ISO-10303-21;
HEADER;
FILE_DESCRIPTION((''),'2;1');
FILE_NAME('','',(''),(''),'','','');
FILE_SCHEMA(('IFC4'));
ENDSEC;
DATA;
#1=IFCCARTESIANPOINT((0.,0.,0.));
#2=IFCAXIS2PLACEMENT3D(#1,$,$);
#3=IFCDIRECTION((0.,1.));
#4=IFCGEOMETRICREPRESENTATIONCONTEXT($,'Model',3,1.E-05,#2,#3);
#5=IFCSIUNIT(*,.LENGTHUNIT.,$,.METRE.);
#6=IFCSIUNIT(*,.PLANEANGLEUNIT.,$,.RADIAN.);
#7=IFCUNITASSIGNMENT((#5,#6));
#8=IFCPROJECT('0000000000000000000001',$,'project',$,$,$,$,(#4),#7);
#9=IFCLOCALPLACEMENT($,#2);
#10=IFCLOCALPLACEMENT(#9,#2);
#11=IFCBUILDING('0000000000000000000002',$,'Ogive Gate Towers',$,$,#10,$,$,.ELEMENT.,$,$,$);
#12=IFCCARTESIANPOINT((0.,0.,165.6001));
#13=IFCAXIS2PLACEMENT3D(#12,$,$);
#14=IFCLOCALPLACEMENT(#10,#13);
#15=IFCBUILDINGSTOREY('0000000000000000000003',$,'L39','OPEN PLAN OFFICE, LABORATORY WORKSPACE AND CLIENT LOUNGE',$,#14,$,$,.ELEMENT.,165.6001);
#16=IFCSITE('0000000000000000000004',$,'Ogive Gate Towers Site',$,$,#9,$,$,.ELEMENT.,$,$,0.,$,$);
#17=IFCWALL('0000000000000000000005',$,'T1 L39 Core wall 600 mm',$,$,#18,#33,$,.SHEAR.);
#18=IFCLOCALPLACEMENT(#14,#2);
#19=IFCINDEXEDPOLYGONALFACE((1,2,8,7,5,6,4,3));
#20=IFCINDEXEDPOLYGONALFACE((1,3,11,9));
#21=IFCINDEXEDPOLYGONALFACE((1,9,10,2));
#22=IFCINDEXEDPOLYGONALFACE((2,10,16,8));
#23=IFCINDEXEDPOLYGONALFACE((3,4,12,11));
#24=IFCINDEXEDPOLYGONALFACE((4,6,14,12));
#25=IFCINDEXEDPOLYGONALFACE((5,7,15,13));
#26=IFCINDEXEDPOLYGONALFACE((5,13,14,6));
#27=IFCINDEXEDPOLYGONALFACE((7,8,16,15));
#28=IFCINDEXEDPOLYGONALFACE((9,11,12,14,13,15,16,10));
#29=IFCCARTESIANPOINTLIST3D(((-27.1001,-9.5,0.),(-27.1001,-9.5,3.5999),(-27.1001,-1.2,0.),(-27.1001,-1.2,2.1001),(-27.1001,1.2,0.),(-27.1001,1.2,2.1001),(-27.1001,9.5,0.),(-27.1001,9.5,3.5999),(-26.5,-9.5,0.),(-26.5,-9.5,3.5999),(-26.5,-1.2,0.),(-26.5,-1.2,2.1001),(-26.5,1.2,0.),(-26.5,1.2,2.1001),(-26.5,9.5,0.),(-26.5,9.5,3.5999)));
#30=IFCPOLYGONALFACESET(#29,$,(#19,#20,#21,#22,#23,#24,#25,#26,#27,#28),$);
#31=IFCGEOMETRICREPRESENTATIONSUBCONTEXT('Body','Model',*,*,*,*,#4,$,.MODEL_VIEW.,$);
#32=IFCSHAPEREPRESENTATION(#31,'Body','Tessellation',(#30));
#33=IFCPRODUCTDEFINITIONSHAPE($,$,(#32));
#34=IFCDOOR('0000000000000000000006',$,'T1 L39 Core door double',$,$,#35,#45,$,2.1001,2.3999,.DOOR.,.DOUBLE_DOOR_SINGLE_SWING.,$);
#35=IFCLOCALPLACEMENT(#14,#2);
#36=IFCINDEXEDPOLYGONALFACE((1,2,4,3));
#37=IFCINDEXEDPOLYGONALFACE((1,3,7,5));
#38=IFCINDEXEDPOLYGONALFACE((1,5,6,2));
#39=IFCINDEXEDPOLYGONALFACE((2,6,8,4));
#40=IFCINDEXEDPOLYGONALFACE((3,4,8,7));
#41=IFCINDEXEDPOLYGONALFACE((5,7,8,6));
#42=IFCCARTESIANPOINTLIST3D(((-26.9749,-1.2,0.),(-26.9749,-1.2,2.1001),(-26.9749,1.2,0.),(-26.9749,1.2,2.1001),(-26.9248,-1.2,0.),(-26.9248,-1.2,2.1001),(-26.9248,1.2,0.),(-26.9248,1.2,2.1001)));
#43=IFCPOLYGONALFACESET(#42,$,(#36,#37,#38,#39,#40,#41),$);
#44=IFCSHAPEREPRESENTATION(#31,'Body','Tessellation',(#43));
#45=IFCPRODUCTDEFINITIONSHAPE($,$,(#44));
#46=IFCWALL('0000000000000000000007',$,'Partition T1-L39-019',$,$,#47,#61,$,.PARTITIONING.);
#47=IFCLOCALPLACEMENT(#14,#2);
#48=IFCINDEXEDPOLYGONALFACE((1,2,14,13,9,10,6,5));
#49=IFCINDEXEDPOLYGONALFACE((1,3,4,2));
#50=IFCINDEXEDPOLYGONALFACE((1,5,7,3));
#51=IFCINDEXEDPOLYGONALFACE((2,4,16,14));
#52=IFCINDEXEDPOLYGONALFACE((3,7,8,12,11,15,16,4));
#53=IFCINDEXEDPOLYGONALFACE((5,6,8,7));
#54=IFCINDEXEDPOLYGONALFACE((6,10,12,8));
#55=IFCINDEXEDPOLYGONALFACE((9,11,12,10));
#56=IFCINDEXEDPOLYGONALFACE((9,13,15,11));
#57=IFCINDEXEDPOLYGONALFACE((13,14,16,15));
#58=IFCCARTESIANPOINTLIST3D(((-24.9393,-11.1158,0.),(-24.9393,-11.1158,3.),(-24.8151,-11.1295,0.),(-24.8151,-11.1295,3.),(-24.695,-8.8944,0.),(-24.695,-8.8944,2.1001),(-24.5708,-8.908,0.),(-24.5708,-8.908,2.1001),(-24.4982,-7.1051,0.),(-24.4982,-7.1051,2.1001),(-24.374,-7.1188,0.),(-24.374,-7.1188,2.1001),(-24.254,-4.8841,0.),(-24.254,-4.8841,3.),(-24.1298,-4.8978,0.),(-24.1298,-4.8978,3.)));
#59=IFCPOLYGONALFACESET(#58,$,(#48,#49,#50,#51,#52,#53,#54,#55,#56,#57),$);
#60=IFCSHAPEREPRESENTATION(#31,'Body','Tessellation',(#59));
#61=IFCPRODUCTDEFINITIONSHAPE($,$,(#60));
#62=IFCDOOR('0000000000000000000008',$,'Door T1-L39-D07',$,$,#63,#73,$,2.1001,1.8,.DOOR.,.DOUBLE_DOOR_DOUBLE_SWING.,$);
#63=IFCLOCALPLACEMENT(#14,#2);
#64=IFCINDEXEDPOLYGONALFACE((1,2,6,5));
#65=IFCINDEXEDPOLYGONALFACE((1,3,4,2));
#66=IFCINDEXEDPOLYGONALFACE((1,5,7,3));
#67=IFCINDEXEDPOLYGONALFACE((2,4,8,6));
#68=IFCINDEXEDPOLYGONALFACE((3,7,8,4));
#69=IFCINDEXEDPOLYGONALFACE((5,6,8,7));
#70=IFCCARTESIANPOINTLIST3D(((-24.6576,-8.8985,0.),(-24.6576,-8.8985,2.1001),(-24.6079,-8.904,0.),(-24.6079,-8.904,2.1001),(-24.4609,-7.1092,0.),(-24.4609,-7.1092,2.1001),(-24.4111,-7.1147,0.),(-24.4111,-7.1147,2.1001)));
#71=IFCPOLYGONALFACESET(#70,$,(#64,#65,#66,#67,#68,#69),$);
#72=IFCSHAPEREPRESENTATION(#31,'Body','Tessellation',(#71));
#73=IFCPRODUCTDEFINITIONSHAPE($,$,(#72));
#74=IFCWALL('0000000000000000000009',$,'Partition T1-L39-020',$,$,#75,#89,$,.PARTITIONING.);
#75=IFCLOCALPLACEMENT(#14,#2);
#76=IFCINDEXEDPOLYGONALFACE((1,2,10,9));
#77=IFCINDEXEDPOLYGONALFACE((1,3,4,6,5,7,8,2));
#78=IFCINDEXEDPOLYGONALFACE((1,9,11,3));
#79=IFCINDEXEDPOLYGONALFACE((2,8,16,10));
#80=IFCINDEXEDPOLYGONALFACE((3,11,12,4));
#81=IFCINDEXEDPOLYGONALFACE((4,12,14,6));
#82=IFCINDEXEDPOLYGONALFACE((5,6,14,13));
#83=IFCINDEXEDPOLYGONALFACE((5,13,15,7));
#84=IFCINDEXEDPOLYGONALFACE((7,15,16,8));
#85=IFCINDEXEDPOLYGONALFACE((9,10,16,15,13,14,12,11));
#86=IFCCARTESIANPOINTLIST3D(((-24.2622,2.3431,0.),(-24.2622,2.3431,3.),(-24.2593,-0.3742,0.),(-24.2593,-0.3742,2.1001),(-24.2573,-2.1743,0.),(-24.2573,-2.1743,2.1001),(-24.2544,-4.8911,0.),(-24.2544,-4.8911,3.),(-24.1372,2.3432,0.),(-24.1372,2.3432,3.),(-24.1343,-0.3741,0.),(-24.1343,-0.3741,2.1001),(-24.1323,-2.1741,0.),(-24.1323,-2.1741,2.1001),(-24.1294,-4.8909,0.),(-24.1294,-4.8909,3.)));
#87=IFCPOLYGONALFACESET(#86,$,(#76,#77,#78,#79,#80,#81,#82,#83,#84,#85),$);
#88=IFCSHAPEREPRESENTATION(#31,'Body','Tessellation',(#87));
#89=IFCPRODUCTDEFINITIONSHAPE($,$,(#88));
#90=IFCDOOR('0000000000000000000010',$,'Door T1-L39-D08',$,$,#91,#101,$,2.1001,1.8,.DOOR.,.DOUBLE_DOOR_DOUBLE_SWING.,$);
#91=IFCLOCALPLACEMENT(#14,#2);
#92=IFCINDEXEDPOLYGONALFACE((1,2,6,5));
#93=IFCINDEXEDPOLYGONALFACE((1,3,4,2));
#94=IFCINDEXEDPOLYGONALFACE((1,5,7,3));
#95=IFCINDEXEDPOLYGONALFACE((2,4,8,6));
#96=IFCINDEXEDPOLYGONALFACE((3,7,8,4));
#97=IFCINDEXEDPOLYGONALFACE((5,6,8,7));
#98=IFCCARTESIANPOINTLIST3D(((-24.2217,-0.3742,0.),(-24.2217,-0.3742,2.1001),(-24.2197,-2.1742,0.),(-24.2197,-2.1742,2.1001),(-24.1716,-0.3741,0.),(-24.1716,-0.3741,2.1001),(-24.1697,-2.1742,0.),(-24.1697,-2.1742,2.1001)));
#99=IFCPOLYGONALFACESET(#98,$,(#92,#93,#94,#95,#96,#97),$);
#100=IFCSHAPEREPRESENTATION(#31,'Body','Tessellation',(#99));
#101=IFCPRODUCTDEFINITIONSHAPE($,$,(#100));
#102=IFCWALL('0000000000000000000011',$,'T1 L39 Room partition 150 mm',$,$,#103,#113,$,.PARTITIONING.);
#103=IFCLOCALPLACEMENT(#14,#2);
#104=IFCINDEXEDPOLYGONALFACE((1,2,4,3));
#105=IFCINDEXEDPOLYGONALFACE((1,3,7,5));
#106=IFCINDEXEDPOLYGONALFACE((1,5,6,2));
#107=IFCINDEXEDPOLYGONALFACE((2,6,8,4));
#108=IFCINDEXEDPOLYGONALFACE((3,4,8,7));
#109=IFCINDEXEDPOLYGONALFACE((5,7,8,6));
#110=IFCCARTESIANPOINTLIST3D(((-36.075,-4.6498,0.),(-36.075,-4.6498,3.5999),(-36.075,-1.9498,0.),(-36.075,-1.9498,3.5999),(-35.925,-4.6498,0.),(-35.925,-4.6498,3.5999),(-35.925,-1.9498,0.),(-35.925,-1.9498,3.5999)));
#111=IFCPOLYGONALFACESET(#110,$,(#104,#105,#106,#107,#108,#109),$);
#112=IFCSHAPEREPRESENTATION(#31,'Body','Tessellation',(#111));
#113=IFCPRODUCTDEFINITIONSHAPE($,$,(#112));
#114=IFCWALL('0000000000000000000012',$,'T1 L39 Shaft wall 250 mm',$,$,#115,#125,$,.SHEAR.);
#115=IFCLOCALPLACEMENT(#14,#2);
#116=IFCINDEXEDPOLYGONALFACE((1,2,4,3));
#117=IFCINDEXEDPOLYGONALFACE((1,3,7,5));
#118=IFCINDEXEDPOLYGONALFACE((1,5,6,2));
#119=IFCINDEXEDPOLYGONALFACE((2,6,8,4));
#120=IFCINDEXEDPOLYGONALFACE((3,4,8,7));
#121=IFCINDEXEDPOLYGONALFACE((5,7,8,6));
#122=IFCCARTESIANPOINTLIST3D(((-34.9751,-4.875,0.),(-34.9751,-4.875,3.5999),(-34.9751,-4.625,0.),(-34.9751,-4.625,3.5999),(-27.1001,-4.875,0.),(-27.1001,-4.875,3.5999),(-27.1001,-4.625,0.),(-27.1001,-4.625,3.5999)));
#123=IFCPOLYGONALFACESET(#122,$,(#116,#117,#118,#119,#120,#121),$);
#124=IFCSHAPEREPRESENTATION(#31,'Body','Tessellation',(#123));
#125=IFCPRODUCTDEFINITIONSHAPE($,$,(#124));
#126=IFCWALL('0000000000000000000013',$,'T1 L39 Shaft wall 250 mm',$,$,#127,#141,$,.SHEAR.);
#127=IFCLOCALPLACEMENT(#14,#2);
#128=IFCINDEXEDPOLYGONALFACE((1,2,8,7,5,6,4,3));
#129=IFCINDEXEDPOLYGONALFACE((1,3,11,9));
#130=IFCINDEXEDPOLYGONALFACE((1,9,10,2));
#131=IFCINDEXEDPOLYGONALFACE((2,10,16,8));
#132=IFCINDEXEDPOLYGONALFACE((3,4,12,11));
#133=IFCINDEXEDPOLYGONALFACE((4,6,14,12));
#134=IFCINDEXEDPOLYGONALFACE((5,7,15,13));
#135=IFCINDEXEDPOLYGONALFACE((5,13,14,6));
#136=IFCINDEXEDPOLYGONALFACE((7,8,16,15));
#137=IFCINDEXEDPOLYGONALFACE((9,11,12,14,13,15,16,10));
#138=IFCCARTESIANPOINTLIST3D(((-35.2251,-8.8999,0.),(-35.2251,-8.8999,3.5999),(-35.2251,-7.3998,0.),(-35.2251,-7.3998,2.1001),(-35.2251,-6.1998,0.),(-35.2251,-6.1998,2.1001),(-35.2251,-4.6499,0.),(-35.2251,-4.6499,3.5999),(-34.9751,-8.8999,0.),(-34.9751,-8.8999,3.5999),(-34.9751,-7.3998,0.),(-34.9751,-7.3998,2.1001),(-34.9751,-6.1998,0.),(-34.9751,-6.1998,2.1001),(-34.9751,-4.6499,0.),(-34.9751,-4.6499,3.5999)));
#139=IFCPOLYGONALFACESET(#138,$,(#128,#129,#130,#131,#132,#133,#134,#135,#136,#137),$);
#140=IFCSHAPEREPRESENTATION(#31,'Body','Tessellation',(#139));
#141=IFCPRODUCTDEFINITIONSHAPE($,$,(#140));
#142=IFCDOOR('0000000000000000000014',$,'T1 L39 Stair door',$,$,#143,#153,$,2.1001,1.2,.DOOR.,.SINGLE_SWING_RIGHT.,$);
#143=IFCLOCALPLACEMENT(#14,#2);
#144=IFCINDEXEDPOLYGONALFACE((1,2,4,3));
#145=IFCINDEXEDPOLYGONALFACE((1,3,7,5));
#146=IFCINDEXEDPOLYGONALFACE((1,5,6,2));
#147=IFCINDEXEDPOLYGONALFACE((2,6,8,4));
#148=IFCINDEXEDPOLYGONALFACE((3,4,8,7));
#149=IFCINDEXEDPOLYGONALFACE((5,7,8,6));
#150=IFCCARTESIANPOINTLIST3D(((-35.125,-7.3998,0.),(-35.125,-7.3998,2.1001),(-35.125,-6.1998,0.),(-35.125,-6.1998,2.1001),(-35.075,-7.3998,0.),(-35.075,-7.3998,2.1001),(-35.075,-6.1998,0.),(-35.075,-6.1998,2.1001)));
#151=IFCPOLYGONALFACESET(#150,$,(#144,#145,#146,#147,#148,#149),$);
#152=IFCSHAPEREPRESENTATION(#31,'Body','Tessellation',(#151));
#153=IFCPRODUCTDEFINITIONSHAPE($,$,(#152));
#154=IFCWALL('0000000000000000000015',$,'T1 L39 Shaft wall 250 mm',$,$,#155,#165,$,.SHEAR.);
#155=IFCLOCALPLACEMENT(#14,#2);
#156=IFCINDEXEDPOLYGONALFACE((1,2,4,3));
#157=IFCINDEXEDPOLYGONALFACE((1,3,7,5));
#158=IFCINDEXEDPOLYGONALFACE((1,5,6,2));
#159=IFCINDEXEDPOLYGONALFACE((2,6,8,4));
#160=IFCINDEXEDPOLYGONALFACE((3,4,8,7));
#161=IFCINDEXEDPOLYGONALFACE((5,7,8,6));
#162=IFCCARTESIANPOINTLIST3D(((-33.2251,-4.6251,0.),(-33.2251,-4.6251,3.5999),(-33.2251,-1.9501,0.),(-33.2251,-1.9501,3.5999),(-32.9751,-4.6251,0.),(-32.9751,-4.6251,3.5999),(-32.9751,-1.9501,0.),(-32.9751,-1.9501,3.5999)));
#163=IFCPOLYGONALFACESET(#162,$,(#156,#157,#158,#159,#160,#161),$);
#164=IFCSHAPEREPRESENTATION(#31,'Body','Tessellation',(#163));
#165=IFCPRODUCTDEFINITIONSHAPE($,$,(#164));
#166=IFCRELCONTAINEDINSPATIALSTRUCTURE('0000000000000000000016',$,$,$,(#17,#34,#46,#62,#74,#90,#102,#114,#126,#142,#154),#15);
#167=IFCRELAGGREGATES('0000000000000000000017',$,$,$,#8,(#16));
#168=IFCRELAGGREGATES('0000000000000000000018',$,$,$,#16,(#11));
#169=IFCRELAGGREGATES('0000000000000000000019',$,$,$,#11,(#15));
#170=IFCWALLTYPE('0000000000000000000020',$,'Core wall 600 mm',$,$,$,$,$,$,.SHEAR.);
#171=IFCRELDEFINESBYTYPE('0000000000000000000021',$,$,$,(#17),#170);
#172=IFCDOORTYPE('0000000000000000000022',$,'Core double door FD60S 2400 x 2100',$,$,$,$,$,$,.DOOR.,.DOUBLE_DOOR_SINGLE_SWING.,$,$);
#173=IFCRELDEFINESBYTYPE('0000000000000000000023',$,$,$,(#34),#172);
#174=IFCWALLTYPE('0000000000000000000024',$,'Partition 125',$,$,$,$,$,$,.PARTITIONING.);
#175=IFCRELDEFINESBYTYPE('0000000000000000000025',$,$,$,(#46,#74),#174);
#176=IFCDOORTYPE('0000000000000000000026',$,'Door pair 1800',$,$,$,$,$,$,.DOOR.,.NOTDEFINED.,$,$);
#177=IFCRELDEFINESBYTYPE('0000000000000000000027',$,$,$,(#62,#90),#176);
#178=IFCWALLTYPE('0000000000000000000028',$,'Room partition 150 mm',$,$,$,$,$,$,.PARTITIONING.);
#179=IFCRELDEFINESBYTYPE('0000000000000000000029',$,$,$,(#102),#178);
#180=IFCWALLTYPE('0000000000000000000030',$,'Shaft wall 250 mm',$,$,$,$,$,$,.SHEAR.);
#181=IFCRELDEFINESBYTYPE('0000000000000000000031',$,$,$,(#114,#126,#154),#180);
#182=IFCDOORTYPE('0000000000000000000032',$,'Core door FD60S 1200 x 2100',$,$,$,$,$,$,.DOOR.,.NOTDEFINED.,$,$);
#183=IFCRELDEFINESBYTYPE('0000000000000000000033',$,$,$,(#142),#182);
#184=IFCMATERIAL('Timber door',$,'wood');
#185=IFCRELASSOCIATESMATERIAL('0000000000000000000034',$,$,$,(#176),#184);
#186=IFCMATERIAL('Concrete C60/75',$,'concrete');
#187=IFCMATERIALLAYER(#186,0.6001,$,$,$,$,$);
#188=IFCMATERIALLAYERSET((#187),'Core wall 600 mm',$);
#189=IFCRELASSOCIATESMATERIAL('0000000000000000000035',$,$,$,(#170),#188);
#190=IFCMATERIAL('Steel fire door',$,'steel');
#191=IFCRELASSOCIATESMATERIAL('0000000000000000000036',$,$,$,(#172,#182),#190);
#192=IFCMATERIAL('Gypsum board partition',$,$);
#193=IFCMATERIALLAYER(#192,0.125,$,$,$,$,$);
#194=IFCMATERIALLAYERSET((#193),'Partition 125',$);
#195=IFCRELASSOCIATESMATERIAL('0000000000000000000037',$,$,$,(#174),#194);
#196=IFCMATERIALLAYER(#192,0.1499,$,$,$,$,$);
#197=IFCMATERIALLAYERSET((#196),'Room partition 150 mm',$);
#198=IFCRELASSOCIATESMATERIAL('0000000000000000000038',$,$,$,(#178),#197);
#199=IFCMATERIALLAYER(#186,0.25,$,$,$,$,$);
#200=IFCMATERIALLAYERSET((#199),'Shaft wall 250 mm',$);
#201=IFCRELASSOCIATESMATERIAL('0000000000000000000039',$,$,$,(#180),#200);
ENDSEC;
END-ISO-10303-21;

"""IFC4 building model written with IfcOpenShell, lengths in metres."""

from ifc_helpers import new_model, si_unit, direction, frame, frame_2d, origin, place, context, subcontext, project, spatial, rectangle, extrude, material, layer, layer_set, type_object, element, fill, save


model = new_model("IFC4")

# Units and contexts
model_context = context("Model", 3, precision=1e-05, world=origin(), true_north=direction((0.0, 1.0)))
body_context = subcontext(model_context, "Body", "Model", "MODEL_VIEW")
ifc_project = project(units=[si_unit("LENGTHUNIT", "METRE"), si_unit("PLANEANGLEUNIT", "RADIAN")], contexts=[model_context])

# Site, building, storey
site_placement = place(None, origin())
site = spatial("IfcSite", under=ifc_project, at=site_placement, Name="Ogive Gate Towers Site", CompositionType="ELEMENT", RefElevation=0.0)
building_placement = place(site_placement, origin())
building = spatial("IfcBuilding", under=site, at=building_placement, Name="Ogive Gate Towers", CompositionType="ELEMENT")
storey_placement = place(building_placement, frame((0.0, 0.0, 165.6001)))
storey = spatial("IfcBuildingStorey", under=building, at=storey_placement, Name="L39", Description="OPEN PLAN OFFICE, LABORATORY WORKSPACE AND CLIENT LOUNGE", CompositionType="ELEMENT", Elevation=165.6001)

# Walls, openings, doors
ifc_material_1 = material(Name="Timber door", Category="wood")
door_type_1 = type_object("IfcDoorType", Name="Door pair 1800", OperationType="NOTDEFINED", PredefinedType="DOOR", material=ifc_material_1)
ifc_material_2 = material(Name="Concrete C60/75", Category="concrete")
ifc_layer_1 = layer(ifc_material_2, 0.6001)
ifc_layer_set_1 = layer_set([ifc_layer_1], Name="Core wall 600 mm")
wall_type_1 = type_object("IfcWallType", Name="Core wall 600 mm", PredefinedType="SHEAR", material=ifc_layer_set_1)
wall_1_placement = place(storey_placement, frame((-26.8, -9.5, 0.0), z_axis=(0.0, 0.0, 1.0), x_axis=(0.0, 1.0, 0.0)))
wall_1 = element("IfcWall", 1, at=wall_1_placement, inside=storey, type_object=wall_type_1, Name="T1 L39 Core wall 600 mm", PredefinedType="SHEAR", context=body_context, shape_type="SweptSolid", body=[
    extrude(rectangle(XDim=19.0, YDim=0.6001, at=frame_2d((9.5, 0.0))), origin(), (0.0, 0.0, 1.0), 3.5999),
])
opening_1_placement = place(wall_1_placement, frame((8.3, 0.0, 0.0)))
opening_1 = element("IfcOpeningElement", 2, at=opening_1_placement, cuts=wall_1, PredefinedType="OPENING", context=body_context, shape_type="SweptSolid", body=[
    extrude(rectangle(XDim=2.3999, YDim=2.1001, at=frame_2d((1.2, 1.05))), frame((0.0, 0.3101, 0.0), z_axis=(0.0, -1.0, 0.0), x_axis=(1.0, 0.0, 0.0)), (0.0, 0.0, 1.0), 0.6201),
])
ifc_material_3 = material(Name="Steel fire door", Category="steel")
door_type_2 = type_object("IfcDoorType", Name="Core double door FD60S 2400 x 2100", OperationType="DOUBLE_DOOR_SINGLE_SWING", PredefinedType="DOOR", material=ifc_material_3)
door_1_placement = place(opening_1_placement, origin())
door_1 = element("IfcDoor", 3, at=door_1_placement, inside=storey, type_object=door_type_2, Name="T1 L39 Core door double", OperationType="DOUBLE_DOOR_SINGLE_SWING", OverallHeight=2.1001, OverallWidth=2.3999, PredefinedType="DOOR", context=body_context, shape_type="SweptSolid", body=[
    extrude(rectangle(XDim=2.3999, YDim=2.1001, at=frame_2d((1.2, 1.05))), frame((0.0, 0.1748, 0.0), z_axis=(0.0, -1.0, 0.0), x_axis=(1.0, 0.0, 0.0)), (0.0, 0.0, 1.0), 0.05),
])
fill(opening_1, door_1)
ifc_material_4 = material(Name="Gypsum board partition")
ifc_layer_2 = layer(ifc_material_4, 0.125)
ifc_layer_set_2 = layer_set([ifc_layer_2], Name="Partition 125")
wall_type_2 = type_object("IfcWallType", Name="Partition 125", PredefinedType="PARTITIONING", material=ifc_layer_set_2)
wall_2_placement = place(storey_placement, frame((-24.8772, -11.1228, 0.0), z_axis=(0.0, 0.0, 1.0), x_axis=(0.109312, 0.994008, 0.0)))
wall_2 = element("IfcWall", 4, at=wall_2_placement, inside=storey, type_object=wall_type_2, Name="Partition T1-L39-019", PredefinedType="PARTITIONING", context=body_context, shape_type="SweptSolid", body=[
    extrude(rectangle(XDim=6.2693, YDim=0.125, at=frame_2d((3.1348, 0.0))), origin(), (0.0, 0.0, 1.0), 3.0),
])
opening_2_placement = place(wall_2_placement, frame((2.2351, 0.0, 0.0)))
opening_2 = element("IfcOpeningElement", 5, at=opening_2_placement, cuts=wall_2, PredefinedType="OPENING", context=body_context, shape_type="SweptSolid", body=[
    extrude(rectangle(XDim=1.8, YDim=2.1001, at=frame_2d((0.8999, 1.05))), frame((0.0, 0.0725, 0.0), z_axis=(0.0, -1.0, 0.0), x_axis=(1.0, 0.0, 0.0)), (0.0, 0.0, 1.0), 0.145),
])
door_2_placement = place(opening_2_placement, origin())
door_2 = element("IfcDoor", 6, at=door_2_placement, inside=storey, type_object=door_type_1, Name="Door T1-L39-D07", OperationType="DOUBLE_DOOR_DOUBLE_SWING", OverallHeight=2.1001, OverallWidth=1.8, PredefinedType="DOOR", context=body_context, shape_type="SweptSolid", body=[
    extrude(rectangle(XDim=1.8, YDim=2.1001, at=frame_2d((0.8999, 1.05))), frame((0.0, 0.0249, 0.0), z_axis=(0.0, -1.0, 0.0), x_axis=(1.0, 0.0, 0.0)), (0.0, 0.0, 1.0), 0.05),
])
fill(opening_2, door_2)
wall_3_placement = place(storey_placement, frame((-24.1919, -4.8911, 0.0), z_axis=(0.0, 0.0, 1.0), x_axis=(-0.00108, 0.999999, 0.0)))
wall_3 = element("IfcWall", 7, at=wall_3_placement, inside=storey, type_object=wall_type_2, Name="Partition T1-L39-020", PredefinedType="PARTITIONING", context=body_context, shape_type="SweptSolid", body=[
    extrude(rectangle(XDim=7.2341, YDim=0.125, at=frame_2d((3.6172, 0.0))), origin(), (0.0, 0.0, 1.0), 3.0),
])
opening_3_placement = place(wall_3_placement, frame((2.717, 0.0, 0.0)))
opening_3 = element("IfcOpeningElement", 8, at=opening_3_placement, cuts=wall_3, PredefinedType="OPENING", context=body_context, shape_type="SweptSolid", body=[
    extrude(rectangle(XDim=1.8, YDim=2.1001, at=frame_2d((0.8999, 1.05))), frame((0.0, 0.0725, 0.0), z_axis=(0.0, -1.0, 0.0), x_axis=(1.0, 0.0, 0.0)), (0.0, 0.0, 1.0), 0.145),
])
door_3_placement = place(opening_3_placement, origin())
door_3 = element("IfcDoor", 9, at=door_3_placement, inside=storey, type_object=door_type_1, Name="Door T1-L39-D08", OperationType="DOUBLE_DOOR_DOUBLE_SWING", OverallHeight=2.1001, OverallWidth=1.8, PredefinedType="DOOR", context=body_context, shape_type="SweptSolid", body=[
    extrude(rectangle(XDim=1.8, YDim=2.1001, at=frame_2d((0.8999, 1.05))), frame((0.0, 0.0249, 0.0), z_axis=(0.0, -1.0, 0.0), x_axis=(1.0, 0.0, 0.0)), (0.0, 0.0, 1.0), 0.05),
])
fill(opening_3, door_3)

# Walls
ifc_layer_3 = layer(ifc_material_4, 0.1499)
ifc_layer_set_3 = layer_set([ifc_layer_3], Name="Room partition 150 mm")
wall_type_3 = type_object("IfcWallType", Name="Room partition 150 mm", PredefinedType="PARTITIONING", material=ifc_layer_set_3)
wall_4_placement = place(storey_placement, frame((-36.0, -4.6499, 0.0), z_axis=(0.0, 0.0, 1.0), x_axis=(0.0, 1.0, 0.0)))
element("IfcWall", 10, at=wall_4_placement, inside=storey, type_object=wall_type_3, Name="T1 L39 Room partition 150 mm", PredefinedType="PARTITIONING", context=body_context, shape_type="SweptSolid", body=[
    extrude(rectangle(XDim=2.7, YDim=0.1499, at=frame_2d((1.3501, 0.0))), origin(), (0.0, 0.0, 1.0), 3.5999),
])
ifc_layer_4 = layer(ifc_material_2, 0.25)
ifc_layer_set_4 = layer_set([ifc_layer_4], Name="Shaft wall 250 mm")
wall_type_4 = type_object("IfcWallType", Name="Shaft wall 250 mm", PredefinedType="SHEAR", material=ifc_layer_set_4)
wall_5_placement = place(storey_placement, frame((-34.9751, -4.75, 0.0), z_axis=(0.0, 0.0, 1.0), x_axis=(1.0, 0.0, 0.0)))
element("IfcWall", 11, at=wall_5_placement, inside=storey, type_object=wall_type_4, Name="T1 L39 Shaft wall 250 mm", PredefinedType="SHEAR", context=body_context, shape_type="SweptSolid", body=[
    extrude(rectangle(XDim=7.875, YDim=0.25, at=frame_2d((3.9375, 0.0))), origin(), (0.0, 0.0, 1.0), 3.5999),
])

# Wall, opening, door
wall_6_placement = place(storey_placement, frame((-35.1001, -8.8999, 0.0), z_axis=(0.0, 0.0, 1.0), x_axis=(0.0, 1.0, 0.0)))
wall_6 = element("IfcWall", 12, at=wall_6_placement, inside=storey, type_object=wall_type_4, Name="T1 L39 Shaft wall 250 mm", PredefinedType="SHEAR", context=body_context, shape_type="SweptSolid", body=[
    extrude(rectangle(XDim=4.25, YDim=0.25, at=frame_2d((2.125, 0.0))), origin(), (0.0, 0.0, 1.0), 3.5999),
])
opening_4_placement = place(wall_6_placement, frame((1.5, 0.0, 0.0)))
opening_4 = element("IfcOpeningElement", 13, at=opening_4_placement, cuts=wall_6, PredefinedType="OPENING", context=body_context, shape_type="SweptSolid", body=[
    extrude(rectangle(XDim=1.2, YDim=2.1001, at=frame_2d((0.6001, 1.05))), frame((0.0, 0.135, 0.0), z_axis=(0.0, -1.0, 0.0), x_axis=(1.0, 0.0, 0.0)), (0.0, 0.0, 1.0), 0.27),
])
door_type_3 = type_object("IfcDoorType", Name="Core door FD60S 1200 x 2100", OperationType="NOTDEFINED", PredefinedType="DOOR", material=ifc_material_3)
door_4_placement = place(opening_4_placement, origin())
door_4 = element("IfcDoor", 14, at=door_4_placement, inside=storey, type_object=door_type_3, Name="T1 L39 Stair door", OperationType="SINGLE_SWING_RIGHT", OverallHeight=2.1001, OverallWidth=1.2, PredefinedType="DOOR", context=body_context, shape_type="SweptSolid", body=[
    extrude(rectangle(XDim=1.2, YDim=2.1001, at=frame_2d((0.6001, 1.05))), frame((0.0, 0.0249, 0.0), z_axis=(0.0, -1.0, 0.0), x_axis=(1.0, 0.0, 0.0)), (0.0, 0.0, 1.0), 0.05),
])
fill(opening_4, door_4)

# Wall
for number, where, z_axis, x_axis, name in (
    (15, (-33.1001, -4.625, 0.0), (0.0, 0.0, 1.0), (0.0, 1.0, 0.0), "T1 L39 Shaft wall 250 mm"),
):
    element("IfcWall", number, at=place(storey_placement, frame(where, z_axis=z_axis, x_axis=x_axis)), inside=storey, type_object=wall_type_4, Name=name, PredefinedType="SHEAR", context=body_context, shape_type="SweptSolid", body=[
        extrude(rectangle(XDim=2.675, YDim=0.25, at=frame_2d((1.3374, 0.0))), origin(), (0.0, 0.0, 1.0), 3.5999),
    ])

save(model, "model.ifc")
